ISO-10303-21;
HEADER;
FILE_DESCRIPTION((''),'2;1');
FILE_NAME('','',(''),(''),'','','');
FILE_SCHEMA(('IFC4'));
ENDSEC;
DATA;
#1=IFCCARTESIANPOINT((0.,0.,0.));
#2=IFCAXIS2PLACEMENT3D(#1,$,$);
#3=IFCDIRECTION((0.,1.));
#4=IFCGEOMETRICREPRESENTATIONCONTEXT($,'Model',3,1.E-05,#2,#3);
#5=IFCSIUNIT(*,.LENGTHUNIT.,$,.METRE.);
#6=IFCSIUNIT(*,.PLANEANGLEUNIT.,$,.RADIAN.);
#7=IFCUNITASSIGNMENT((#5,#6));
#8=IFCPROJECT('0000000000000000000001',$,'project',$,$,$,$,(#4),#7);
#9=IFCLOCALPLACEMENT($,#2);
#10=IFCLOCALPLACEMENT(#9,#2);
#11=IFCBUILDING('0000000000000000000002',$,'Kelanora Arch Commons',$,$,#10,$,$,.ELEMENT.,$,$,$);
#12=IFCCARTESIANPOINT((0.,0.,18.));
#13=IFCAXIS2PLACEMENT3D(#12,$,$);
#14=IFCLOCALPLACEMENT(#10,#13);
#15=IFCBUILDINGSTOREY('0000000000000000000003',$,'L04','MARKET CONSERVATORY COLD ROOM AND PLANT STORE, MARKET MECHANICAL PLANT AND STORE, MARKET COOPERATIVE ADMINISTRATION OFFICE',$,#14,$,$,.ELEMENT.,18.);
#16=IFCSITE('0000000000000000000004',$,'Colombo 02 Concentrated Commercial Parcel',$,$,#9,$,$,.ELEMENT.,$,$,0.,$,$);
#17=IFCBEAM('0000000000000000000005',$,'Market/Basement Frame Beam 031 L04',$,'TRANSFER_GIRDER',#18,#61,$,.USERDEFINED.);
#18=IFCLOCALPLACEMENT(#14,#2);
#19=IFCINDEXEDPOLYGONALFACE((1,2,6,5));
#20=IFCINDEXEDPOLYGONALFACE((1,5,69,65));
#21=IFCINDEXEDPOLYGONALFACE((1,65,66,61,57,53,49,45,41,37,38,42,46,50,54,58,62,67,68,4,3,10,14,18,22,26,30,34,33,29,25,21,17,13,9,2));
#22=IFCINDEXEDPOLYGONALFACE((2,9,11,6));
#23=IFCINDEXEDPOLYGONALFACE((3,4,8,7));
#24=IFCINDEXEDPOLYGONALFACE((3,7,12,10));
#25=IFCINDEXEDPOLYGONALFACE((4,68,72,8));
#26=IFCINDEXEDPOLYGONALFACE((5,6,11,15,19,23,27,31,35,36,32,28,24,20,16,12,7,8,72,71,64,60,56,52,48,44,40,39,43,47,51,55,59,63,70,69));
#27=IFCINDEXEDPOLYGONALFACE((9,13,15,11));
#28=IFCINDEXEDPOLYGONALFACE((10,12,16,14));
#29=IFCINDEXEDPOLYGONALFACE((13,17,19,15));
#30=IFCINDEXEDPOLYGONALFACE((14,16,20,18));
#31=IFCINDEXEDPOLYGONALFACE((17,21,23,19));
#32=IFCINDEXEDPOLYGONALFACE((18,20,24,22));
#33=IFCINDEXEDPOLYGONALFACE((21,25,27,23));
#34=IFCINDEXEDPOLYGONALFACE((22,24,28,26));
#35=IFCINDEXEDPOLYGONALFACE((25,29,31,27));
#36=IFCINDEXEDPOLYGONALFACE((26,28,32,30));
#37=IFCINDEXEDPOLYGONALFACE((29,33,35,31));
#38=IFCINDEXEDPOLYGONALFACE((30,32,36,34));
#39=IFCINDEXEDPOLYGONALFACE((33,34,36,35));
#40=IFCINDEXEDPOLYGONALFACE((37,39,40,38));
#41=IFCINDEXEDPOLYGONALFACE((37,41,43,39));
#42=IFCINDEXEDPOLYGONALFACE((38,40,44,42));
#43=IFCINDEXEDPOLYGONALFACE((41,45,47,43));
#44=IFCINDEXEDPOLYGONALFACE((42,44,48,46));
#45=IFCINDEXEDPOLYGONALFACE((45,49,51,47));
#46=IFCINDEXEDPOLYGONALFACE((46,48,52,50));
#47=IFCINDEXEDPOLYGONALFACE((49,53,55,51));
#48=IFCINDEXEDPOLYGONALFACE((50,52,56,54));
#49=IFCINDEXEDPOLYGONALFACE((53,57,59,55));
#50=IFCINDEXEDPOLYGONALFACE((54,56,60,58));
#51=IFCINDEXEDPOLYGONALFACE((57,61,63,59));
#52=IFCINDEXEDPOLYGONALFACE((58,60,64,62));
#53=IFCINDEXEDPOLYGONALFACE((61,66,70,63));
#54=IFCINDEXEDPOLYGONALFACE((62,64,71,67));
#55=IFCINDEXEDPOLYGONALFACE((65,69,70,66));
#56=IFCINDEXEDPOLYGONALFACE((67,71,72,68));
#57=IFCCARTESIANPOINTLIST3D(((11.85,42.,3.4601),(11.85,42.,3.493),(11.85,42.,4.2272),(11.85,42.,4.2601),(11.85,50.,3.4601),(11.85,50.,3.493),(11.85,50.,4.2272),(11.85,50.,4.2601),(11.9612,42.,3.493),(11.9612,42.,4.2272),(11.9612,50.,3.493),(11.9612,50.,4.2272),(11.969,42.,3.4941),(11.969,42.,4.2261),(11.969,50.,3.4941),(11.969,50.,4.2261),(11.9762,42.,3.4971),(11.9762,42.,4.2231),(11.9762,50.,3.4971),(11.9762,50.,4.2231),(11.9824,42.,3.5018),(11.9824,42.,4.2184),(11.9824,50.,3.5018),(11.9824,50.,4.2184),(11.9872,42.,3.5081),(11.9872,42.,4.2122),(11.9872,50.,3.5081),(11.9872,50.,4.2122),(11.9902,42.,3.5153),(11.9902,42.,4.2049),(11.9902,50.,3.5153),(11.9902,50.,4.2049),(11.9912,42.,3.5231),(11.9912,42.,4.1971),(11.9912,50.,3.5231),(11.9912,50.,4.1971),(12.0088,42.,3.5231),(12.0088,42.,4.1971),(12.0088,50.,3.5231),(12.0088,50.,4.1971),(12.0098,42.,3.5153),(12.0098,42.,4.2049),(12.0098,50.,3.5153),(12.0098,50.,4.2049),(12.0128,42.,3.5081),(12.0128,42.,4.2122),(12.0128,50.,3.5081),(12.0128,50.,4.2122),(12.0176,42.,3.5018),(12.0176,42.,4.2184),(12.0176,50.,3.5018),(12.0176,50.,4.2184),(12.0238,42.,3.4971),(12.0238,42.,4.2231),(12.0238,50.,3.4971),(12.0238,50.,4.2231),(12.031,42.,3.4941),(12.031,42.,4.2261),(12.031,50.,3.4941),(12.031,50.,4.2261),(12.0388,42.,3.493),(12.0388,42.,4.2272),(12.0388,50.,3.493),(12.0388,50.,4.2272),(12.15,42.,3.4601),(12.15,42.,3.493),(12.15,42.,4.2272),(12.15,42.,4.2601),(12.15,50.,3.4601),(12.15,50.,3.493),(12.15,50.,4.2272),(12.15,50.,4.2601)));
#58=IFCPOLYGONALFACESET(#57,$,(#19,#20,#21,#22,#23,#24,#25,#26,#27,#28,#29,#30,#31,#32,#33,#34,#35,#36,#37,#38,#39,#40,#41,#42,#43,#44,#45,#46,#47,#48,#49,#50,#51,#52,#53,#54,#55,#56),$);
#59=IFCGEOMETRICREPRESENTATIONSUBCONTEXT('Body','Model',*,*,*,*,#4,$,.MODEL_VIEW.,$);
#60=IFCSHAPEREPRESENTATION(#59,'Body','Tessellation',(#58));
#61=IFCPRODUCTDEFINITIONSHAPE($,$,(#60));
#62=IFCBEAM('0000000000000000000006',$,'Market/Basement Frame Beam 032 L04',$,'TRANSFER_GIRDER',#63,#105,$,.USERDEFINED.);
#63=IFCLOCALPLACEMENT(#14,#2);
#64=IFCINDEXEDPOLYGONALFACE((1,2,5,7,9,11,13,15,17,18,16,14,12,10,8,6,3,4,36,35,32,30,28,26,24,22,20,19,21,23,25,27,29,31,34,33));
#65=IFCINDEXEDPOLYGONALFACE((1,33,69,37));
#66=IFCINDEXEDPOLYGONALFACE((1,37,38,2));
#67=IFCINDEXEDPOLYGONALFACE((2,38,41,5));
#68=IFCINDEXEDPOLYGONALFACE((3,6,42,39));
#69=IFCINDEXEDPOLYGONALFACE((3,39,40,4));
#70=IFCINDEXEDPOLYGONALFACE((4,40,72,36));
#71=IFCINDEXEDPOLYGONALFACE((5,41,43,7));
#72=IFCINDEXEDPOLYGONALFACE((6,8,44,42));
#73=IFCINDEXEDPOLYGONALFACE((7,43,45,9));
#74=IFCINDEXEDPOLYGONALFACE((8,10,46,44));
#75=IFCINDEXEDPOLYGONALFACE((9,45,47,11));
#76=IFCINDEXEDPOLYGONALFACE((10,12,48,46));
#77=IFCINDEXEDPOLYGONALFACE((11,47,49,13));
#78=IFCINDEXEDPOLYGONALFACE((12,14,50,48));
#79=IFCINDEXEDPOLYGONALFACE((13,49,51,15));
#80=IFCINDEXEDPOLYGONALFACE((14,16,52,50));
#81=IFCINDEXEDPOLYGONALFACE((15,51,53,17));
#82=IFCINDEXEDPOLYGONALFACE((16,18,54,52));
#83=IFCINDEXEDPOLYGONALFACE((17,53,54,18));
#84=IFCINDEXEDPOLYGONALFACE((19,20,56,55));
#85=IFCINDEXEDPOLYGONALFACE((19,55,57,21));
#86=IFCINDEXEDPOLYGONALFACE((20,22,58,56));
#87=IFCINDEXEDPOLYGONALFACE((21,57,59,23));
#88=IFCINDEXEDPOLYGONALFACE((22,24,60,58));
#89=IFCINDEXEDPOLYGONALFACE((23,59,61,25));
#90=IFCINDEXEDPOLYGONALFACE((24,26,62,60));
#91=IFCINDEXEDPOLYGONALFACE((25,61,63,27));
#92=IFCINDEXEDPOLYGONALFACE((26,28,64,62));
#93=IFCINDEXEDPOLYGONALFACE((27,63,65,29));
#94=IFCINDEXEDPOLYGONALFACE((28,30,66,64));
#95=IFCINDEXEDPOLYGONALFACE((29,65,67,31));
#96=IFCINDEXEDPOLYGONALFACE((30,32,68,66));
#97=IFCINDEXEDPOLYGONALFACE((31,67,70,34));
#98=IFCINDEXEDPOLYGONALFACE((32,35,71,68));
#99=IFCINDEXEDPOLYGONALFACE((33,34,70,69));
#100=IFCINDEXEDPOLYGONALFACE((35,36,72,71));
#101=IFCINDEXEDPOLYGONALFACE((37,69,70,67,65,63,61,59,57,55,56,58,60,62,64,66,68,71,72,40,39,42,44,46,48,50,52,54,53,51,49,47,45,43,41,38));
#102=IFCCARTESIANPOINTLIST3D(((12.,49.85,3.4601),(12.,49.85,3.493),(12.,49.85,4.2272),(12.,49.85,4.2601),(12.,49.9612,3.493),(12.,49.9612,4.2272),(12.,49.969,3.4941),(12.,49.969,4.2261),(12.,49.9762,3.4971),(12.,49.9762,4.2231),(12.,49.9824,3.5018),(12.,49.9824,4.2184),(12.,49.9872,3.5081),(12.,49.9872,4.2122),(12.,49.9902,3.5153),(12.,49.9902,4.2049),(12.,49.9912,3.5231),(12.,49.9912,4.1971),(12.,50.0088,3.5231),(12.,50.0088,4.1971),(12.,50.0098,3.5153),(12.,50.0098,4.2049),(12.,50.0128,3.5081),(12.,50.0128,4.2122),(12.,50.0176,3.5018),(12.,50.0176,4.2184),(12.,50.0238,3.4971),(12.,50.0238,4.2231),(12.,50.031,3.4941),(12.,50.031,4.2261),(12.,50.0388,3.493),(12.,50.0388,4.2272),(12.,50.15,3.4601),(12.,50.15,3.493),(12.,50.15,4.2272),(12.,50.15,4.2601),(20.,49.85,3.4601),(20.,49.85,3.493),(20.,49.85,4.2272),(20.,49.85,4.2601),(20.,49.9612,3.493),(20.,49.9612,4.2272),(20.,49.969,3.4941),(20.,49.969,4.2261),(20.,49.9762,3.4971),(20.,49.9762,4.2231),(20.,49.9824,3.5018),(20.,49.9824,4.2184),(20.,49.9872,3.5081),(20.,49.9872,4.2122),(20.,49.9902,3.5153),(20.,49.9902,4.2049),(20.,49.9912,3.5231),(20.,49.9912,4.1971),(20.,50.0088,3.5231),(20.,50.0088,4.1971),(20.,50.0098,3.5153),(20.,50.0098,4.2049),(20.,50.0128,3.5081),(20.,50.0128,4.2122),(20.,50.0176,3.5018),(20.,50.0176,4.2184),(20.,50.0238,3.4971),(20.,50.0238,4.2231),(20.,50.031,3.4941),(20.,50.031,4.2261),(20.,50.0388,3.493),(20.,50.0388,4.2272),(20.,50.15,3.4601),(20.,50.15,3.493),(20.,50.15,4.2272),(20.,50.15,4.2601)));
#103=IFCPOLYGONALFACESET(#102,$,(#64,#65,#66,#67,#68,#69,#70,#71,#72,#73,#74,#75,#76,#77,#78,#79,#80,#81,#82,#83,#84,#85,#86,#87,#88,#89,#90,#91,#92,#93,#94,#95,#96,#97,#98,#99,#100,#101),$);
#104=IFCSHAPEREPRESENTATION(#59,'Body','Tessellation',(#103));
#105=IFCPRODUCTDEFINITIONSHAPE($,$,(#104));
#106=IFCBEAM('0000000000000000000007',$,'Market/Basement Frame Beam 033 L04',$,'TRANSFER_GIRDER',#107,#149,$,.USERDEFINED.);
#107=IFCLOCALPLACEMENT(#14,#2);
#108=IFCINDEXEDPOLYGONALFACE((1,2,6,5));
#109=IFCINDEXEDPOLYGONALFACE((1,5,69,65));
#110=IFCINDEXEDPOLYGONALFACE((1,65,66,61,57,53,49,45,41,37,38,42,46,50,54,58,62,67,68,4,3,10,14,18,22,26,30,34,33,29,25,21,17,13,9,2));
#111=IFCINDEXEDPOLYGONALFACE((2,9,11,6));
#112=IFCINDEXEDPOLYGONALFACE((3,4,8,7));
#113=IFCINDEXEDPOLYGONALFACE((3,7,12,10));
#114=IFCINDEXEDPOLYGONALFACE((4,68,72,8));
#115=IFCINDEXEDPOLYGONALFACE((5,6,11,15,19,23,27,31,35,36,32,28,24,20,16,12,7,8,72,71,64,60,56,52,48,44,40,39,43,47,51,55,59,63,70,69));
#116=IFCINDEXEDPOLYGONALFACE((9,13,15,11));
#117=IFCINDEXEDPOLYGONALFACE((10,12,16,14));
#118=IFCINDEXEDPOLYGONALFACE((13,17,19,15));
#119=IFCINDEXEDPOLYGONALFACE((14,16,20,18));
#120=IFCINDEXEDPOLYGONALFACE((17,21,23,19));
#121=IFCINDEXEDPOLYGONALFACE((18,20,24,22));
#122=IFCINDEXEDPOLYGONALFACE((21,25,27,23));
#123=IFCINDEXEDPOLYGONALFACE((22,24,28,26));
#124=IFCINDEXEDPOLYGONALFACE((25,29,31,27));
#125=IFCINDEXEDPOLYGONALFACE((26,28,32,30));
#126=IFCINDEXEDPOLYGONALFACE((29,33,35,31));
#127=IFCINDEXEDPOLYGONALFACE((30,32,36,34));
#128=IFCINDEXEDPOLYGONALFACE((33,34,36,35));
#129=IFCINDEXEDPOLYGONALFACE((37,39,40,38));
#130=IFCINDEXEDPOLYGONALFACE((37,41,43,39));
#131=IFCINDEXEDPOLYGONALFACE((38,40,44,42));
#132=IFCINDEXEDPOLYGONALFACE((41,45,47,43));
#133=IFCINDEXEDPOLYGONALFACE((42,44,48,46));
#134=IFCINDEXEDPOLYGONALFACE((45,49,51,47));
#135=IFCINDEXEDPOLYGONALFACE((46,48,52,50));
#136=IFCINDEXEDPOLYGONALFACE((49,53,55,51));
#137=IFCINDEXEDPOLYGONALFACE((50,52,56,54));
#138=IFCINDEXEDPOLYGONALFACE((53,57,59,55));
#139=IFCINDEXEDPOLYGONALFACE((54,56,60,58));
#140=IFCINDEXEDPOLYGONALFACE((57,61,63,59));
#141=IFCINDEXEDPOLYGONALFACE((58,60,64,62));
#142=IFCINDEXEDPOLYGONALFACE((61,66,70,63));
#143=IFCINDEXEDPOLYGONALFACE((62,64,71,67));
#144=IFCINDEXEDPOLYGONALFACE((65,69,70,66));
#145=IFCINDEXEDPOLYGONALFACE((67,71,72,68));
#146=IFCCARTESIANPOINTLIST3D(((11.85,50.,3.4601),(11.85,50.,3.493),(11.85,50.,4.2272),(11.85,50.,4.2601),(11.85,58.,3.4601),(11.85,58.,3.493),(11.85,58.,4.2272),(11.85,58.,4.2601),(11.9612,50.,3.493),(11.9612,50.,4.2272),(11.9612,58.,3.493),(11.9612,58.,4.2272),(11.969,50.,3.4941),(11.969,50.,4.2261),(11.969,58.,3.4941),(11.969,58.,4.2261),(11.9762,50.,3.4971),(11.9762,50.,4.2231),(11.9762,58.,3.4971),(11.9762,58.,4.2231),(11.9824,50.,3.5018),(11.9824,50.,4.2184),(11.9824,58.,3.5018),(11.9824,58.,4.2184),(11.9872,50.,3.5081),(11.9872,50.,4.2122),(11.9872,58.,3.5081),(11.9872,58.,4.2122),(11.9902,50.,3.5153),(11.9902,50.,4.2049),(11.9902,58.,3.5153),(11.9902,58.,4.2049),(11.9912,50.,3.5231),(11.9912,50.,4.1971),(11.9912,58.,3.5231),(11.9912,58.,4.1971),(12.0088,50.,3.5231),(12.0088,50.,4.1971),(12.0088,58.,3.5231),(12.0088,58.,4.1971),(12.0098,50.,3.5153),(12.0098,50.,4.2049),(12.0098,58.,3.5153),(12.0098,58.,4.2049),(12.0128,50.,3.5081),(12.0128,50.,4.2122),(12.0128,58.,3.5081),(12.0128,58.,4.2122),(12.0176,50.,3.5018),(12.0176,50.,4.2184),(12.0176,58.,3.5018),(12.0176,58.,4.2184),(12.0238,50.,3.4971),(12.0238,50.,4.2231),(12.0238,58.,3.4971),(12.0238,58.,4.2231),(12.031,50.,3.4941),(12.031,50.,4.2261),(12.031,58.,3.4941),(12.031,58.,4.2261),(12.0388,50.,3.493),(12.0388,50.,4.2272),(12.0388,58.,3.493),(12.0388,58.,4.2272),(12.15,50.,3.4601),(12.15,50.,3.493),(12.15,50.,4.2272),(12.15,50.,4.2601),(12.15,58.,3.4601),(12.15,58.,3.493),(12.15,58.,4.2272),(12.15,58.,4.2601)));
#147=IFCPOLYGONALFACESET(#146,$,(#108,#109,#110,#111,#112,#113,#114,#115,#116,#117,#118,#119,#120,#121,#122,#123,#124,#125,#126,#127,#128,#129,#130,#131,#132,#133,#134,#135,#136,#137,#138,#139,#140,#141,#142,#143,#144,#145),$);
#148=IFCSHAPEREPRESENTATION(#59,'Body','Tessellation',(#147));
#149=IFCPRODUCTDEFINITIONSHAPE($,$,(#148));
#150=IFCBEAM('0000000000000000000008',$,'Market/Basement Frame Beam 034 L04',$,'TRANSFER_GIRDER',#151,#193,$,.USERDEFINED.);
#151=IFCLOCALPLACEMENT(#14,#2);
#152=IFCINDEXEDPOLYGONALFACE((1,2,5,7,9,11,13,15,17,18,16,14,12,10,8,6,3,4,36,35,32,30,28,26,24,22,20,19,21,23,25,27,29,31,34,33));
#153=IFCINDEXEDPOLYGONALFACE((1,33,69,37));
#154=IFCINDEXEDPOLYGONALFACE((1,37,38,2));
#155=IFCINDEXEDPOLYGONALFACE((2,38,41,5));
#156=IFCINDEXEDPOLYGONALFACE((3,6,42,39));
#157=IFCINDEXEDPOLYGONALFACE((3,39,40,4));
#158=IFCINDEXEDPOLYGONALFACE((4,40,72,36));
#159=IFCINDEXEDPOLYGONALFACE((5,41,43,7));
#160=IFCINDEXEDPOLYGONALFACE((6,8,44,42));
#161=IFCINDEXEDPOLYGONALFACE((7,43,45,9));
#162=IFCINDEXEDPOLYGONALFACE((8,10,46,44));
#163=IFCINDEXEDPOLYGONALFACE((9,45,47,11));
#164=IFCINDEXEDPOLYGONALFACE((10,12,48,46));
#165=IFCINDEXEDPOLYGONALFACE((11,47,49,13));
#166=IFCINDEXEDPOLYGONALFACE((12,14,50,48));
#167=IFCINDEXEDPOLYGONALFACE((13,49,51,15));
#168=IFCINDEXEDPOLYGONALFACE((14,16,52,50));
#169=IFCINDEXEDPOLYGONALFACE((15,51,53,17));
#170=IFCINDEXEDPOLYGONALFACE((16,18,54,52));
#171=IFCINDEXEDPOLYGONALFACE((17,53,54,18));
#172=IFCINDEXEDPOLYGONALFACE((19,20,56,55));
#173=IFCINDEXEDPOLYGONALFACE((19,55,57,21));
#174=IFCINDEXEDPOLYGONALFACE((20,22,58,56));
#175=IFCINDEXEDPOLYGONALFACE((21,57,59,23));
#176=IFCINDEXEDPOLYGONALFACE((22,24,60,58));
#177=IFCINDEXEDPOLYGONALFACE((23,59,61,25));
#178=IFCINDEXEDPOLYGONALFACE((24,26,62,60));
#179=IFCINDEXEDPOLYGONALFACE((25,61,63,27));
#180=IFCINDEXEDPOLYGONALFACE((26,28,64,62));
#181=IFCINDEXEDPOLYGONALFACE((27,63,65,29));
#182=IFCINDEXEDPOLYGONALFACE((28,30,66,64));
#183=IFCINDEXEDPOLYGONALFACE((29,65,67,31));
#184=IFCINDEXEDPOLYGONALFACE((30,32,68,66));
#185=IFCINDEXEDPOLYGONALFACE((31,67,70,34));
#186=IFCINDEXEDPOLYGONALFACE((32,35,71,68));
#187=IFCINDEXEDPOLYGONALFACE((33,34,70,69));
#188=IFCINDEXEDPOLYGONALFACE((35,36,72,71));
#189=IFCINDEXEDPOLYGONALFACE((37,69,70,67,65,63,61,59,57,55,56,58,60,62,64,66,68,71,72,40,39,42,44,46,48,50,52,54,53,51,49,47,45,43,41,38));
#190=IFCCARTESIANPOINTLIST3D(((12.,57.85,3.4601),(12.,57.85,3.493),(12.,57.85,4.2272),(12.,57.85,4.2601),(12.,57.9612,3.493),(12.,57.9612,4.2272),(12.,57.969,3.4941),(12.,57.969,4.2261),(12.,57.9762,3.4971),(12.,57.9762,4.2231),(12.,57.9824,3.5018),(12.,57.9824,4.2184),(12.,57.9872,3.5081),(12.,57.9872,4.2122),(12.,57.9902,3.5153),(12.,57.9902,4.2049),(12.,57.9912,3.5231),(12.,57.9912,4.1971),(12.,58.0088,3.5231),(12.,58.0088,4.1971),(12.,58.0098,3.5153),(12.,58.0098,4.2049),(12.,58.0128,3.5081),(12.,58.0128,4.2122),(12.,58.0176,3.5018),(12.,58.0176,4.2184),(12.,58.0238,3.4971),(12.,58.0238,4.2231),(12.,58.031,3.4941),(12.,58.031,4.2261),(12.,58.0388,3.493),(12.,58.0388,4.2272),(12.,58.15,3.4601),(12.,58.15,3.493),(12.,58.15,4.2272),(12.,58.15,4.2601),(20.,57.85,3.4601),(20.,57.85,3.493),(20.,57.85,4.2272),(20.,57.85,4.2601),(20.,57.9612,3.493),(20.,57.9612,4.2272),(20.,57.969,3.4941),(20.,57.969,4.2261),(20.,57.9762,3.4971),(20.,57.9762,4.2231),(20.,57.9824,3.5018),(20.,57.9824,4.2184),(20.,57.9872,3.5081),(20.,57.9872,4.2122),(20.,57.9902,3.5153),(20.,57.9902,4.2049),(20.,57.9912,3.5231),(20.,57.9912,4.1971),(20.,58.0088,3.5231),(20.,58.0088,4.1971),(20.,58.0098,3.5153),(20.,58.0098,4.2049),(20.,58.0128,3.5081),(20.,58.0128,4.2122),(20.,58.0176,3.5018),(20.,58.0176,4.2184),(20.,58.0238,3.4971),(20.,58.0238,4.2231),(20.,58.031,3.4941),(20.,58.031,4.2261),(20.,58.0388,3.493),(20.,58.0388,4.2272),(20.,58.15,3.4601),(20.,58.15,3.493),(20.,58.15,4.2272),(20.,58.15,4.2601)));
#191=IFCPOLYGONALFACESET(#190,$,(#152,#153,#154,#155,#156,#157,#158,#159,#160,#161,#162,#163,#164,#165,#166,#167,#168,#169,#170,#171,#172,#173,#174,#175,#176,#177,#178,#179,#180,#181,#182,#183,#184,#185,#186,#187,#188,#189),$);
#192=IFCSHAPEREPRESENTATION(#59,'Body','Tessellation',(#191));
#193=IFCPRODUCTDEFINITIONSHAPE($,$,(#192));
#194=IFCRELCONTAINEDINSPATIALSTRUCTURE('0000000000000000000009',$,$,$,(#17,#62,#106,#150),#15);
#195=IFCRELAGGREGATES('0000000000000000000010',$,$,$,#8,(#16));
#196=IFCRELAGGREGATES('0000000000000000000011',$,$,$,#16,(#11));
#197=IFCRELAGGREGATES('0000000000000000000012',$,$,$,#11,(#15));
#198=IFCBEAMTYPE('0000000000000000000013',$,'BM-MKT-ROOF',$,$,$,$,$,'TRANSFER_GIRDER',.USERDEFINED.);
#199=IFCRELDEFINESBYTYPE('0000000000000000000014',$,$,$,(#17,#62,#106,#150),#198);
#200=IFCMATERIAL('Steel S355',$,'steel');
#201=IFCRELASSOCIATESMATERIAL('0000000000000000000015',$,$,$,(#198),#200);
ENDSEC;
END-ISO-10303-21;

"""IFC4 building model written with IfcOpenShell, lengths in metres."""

from ifc_helpers import new_model, si_unit, direction, frame, origin, origin_2d, place, context, subcontext, project, spatial, i_section, extrude, material, material_profile, profile_set, type_object, element, save


model = new_model("IFC4")

# Units and contexts
model_context = context("Model", 3, precision=1e-05, world=origin(), true_north=direction((0.0, 1.0)))
body_context = subcontext(model_context, "Body", "Model", "MODEL_VIEW")
ifc_project = project(units=[si_unit("LENGTHUNIT", "METRE"), si_unit("PLANEANGLEUNIT", "RADIAN")], contexts=[model_context])

# Site, building, storey
site_placement = place(None, origin())
site = spatial("IfcSite", under=ifc_project, at=site_placement, Name="Colombo 02 Concentrated Commercial Parcel", CompositionType="ELEMENT", RefElevation=0.0)
building_placement = place(site_placement, origin())
building = spatial("IfcBuilding", under=site, at=building_placement, Name="Kelanora Arch Commons", CompositionType="ELEMENT")
storey_placement = place(building_placement, frame((0.0, 0.0, 18.0)))
storey = spatial("IfcBuildingStorey", under=building, at=storey_placement, Name="L04", Description="MARKET CONSERVATORY COLD ROOM AND PLANT STORE, MARKET MECHANICAL PLANT AND STORE, MARKET COOPERATIVE ADMINISTRATION OFFICE", CompositionType="ELEMENT", Elevation=18.0)

# Beams
ifc_material_1 = material(Name="Steel S355", Category="steel")
ifc_material_profile_1 = material_profile(ifc_material_1, i_section(OverallWidth=0.3, OverallDepth=0.8, WebThickness=0.0176, FlangeThickness=0.033, FilletRadius=0.03, at=origin_2d()), Name="HEB800")
ifc_profile_set_1 = profile_set([ifc_material_profile_1], Name="Steel S355")
beam_type = type_object("IfcBeamType", Name="BM-MKT-ROOF", ElementType="TRANSFER_GIRDER", PredefinedType="USERDEFINED", material=ifc_profile_set_1)
for number, where, z_axis, x_axis, name in (
    (1, (12.0, 42.0, 3.8601), (0.0, 1.0, 0.0), (-1.0, 0.0, 0.0), "Market/Basement Frame Beam 031 L04"),
    (2, (12.0, 50.0, 3.8601), (1.0, 0.0, 0.0), (0.0, 1.0, 0.0), "Market/Basement Frame Beam 032 L04"),
    (3, (12.0, 50.0, 3.8601), (0.0, 1.0, 0.0), (-1.0, 0.0, 0.0), "Market/Basement Frame Beam 033 L04"),
    (4, (12.0, 58.0, 3.8601), (1.0, 0.0, 0.0), (0.0, 1.0, 0.0), "Market/Basement Frame Beam 034 L04"),
):
    element("IfcBeam", number, at=place(storey_placement, frame(where, z_axis=z_axis, x_axis=x_axis)), inside=storey, type_object=beam_type, Name=name, ObjectType="TRANSFER_GIRDER", PredefinedType="USERDEFINED", context=body_context, shape_type="SweptSolid", body=[
        extrude(i_section(OverallWidth=0.3, OverallDepth=0.8, WebThickness=0.0176, FlangeThickness=0.033, FilletRadius=0.03, at=origin_2d()), origin(), (0.0, 0.0, 1.0), 8.0),
    ])

save(model, "model.ifc")
